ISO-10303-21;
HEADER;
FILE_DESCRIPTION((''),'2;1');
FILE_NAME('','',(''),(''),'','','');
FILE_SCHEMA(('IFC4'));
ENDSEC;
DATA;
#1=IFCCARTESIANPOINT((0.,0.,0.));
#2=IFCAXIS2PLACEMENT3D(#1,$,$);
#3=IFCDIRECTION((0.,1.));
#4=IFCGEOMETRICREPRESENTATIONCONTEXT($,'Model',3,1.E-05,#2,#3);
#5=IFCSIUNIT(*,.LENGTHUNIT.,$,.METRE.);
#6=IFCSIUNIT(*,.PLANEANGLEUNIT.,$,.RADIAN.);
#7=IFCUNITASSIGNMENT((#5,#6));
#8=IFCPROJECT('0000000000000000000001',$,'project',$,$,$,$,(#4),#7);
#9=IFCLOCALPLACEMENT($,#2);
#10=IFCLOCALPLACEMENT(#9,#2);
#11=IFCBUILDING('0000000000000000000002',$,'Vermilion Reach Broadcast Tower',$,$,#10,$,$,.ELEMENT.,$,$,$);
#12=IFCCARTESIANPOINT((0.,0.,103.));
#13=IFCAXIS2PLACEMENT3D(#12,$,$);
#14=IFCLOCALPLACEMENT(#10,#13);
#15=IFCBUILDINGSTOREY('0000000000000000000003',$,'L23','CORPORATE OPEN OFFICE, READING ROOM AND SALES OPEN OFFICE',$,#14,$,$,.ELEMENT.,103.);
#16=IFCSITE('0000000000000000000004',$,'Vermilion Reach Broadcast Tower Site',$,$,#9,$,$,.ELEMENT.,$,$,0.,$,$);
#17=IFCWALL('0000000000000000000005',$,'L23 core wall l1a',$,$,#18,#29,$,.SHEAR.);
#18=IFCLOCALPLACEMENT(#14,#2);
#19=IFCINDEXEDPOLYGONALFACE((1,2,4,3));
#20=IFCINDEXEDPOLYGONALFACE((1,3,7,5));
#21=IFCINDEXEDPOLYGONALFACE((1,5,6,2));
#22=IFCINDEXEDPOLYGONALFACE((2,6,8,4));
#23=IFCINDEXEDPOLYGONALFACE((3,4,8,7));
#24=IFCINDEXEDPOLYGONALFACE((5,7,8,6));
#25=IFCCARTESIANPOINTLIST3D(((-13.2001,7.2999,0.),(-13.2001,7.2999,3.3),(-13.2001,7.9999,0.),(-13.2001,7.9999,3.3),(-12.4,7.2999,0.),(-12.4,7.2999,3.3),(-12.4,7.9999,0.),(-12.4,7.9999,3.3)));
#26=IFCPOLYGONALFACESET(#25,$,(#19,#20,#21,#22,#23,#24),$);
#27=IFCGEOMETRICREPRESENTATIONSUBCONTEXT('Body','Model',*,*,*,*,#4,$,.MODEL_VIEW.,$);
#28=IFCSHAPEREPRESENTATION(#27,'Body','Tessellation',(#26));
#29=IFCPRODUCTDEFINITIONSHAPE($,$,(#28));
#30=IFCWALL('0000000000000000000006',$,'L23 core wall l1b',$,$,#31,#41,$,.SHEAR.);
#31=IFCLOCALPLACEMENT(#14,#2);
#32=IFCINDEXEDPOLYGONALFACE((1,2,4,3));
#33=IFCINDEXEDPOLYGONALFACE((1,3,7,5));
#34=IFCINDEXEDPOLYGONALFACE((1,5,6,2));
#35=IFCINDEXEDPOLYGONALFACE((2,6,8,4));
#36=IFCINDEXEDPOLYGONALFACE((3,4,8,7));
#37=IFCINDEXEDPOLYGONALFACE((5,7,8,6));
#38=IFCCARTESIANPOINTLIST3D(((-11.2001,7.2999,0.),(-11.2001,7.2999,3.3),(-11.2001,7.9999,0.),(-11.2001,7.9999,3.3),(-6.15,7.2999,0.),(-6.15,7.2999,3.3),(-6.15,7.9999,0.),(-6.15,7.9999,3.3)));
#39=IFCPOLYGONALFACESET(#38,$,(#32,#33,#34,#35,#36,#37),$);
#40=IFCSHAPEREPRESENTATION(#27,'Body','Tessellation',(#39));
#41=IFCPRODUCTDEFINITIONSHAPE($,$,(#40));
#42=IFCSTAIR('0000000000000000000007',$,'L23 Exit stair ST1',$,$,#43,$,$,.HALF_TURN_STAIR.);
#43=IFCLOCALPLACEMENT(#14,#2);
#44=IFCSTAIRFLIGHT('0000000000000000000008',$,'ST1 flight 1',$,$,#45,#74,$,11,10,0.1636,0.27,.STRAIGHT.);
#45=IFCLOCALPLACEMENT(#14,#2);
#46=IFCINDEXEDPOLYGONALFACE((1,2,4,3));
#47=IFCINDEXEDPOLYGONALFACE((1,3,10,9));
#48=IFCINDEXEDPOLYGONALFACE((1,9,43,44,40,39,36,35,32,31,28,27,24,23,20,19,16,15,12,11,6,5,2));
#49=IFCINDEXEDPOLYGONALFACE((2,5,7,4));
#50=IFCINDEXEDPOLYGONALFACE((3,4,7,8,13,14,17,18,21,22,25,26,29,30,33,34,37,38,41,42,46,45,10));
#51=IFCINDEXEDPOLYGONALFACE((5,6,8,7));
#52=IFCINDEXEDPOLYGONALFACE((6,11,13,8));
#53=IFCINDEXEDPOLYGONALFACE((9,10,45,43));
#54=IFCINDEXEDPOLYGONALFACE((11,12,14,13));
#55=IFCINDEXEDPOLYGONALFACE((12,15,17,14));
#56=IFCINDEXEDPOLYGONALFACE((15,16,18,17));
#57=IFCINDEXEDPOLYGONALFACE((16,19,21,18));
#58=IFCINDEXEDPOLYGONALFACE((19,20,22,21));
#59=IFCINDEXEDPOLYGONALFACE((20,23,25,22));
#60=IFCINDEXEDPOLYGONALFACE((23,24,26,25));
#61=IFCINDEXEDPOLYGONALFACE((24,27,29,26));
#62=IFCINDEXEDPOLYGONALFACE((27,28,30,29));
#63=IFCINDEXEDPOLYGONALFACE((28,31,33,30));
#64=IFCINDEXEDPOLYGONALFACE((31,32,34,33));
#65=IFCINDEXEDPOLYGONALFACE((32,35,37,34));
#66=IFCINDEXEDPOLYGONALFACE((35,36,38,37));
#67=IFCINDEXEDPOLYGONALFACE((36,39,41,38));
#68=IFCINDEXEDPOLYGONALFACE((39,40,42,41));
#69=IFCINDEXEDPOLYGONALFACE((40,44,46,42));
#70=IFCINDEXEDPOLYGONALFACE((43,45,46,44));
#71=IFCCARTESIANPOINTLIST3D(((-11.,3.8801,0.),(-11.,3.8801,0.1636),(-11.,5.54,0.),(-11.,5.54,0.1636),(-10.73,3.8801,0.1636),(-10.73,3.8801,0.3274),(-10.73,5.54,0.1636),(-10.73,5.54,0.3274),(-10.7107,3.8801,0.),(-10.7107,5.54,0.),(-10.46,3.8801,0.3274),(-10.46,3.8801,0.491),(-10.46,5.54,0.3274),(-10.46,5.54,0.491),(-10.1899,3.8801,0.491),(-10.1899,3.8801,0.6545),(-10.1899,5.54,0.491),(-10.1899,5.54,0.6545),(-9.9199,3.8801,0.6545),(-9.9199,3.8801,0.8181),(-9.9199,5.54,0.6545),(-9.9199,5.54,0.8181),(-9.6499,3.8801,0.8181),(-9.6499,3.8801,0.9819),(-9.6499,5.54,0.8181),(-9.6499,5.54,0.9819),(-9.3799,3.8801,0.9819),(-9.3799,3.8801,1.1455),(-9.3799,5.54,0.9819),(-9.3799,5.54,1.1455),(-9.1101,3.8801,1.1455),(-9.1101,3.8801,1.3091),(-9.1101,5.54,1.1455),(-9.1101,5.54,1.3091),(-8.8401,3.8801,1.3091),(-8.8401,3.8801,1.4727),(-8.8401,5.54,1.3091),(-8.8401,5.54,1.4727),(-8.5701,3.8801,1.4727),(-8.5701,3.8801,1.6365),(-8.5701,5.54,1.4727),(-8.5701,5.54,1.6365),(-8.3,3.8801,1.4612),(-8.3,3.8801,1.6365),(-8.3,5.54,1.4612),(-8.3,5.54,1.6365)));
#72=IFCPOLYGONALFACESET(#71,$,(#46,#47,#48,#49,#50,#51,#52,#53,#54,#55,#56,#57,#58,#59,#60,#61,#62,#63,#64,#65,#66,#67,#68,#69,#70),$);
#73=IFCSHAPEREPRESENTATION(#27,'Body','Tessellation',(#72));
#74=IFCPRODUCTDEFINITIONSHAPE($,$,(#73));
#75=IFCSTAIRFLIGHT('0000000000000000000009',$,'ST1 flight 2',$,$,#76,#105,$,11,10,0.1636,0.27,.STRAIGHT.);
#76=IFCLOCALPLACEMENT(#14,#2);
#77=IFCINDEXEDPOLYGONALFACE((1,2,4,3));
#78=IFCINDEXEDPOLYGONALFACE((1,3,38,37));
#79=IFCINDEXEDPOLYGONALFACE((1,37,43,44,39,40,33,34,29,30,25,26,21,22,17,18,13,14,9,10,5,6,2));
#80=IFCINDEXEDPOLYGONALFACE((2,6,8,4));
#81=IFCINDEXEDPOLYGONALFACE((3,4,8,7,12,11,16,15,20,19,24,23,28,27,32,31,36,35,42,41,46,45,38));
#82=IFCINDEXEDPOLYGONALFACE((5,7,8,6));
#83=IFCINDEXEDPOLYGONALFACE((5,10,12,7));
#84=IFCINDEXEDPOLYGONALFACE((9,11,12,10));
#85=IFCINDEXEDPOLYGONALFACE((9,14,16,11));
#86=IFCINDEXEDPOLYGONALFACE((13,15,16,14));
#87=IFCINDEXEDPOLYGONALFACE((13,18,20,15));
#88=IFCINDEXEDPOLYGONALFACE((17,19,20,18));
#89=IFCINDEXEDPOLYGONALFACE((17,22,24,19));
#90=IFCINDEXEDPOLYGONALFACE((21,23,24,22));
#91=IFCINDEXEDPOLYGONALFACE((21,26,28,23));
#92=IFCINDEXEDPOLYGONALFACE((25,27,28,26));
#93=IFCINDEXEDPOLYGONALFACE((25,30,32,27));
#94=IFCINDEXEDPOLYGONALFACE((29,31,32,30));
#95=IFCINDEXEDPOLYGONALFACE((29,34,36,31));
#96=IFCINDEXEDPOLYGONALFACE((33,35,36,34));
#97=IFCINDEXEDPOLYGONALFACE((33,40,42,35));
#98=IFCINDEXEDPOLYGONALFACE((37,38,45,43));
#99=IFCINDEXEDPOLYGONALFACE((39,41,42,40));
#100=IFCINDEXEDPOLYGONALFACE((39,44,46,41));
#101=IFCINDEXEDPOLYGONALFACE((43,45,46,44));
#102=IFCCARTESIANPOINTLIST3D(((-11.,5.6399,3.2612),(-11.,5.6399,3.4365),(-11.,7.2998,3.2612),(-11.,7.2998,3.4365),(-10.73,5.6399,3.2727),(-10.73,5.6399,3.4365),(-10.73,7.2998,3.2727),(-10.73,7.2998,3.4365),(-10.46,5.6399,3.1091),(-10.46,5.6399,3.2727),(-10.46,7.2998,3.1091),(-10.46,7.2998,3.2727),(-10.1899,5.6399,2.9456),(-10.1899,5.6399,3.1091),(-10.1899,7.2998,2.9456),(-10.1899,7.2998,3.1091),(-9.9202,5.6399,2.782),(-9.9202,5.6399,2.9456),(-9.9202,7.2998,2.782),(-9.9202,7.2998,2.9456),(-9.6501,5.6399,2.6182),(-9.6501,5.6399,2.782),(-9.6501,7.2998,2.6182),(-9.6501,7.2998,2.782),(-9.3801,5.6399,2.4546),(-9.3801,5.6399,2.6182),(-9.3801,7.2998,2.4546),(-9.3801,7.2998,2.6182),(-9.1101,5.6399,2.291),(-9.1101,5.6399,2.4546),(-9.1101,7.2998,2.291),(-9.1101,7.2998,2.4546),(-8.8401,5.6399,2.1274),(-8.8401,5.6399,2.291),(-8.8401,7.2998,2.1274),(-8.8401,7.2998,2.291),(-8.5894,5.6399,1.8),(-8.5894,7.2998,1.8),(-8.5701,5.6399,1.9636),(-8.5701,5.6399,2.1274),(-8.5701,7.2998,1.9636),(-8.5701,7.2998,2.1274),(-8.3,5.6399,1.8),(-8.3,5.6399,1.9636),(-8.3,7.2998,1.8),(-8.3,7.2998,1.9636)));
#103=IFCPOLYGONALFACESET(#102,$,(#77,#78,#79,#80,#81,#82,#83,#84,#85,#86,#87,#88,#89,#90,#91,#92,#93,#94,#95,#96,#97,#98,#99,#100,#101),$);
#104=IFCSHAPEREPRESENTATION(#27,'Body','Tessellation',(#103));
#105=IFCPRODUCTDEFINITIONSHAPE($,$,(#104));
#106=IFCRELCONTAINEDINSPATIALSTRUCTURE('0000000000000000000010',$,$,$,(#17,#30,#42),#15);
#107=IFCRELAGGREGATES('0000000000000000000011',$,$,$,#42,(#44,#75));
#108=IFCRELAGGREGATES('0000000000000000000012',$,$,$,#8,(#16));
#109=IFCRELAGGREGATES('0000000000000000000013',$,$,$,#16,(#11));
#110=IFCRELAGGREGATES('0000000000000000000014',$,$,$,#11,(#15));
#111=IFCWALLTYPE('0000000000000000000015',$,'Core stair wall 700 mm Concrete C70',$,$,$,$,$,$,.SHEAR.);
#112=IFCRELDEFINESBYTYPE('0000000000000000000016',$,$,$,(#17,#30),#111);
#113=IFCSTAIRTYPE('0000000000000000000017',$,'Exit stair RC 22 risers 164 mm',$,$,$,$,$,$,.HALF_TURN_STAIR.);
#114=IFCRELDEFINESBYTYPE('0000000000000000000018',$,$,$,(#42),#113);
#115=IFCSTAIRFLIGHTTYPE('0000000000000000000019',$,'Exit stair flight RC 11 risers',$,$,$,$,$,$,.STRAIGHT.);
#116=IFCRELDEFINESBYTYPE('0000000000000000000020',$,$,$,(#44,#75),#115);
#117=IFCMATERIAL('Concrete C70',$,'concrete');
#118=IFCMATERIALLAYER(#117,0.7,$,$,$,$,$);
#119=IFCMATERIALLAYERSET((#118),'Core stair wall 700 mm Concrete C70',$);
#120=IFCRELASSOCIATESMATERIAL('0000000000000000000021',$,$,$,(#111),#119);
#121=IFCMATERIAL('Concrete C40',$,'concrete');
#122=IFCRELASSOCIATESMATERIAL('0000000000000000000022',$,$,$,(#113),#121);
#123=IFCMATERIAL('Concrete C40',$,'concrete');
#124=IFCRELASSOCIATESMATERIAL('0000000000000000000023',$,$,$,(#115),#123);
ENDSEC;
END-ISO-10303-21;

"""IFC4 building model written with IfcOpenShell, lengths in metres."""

from ifc_helpers import new_model, si_unit, direction, frame, frame_2d, origin, place, context, subcontext, project, spatial, polyline, rectangle, outline, extrude, material, layer, layer_set, type_object, element, aggregate, save


model = new_model("IFC4")

# Units and contexts
model_context = context("Model", 3, precision=1e-05, world=origin(), true_north=direction((0.0, 1.0)))
body_context = subcontext(model_context, "Body", "Model", "MODEL_VIEW")
ifc_project = project(units=[si_unit("LENGTHUNIT", "METRE"), si_unit("PLANEANGLEUNIT", "RADIAN")], contexts=[model_context])

# Site, building, storey
site_placement = place(None, origin())
site = spatial("IfcSite", under=ifc_project, at=site_placement, Name="Vermilion Reach Broadcast Tower Site", CompositionType="ELEMENT", RefElevation=0.0)
building_placement = place(site_placement, origin())
building = spatial("IfcBuilding", under=site, at=building_placement, Name="Vermilion Reach Broadcast Tower", CompositionType="ELEMENT")
storey_placement = place(building_placement, frame((0.0, 0.0, 103.0)))
storey = spatial("IfcBuildingStorey", under=building, at=storey_placement, Name="L23", Description="CORPORATE OPEN OFFICE, READING ROOM AND SALES OPEN OFFICE", CompositionType="ELEMENT", Elevation=103.0)

# Walls
ifc_material_1 = material(Name="Concrete C70", Category="concrete")
ifc_layer_1 = layer(ifc_material_1, 0.7)
ifc_layer_set_1 = layer_set([ifc_layer_1], Name="Core stair wall 700 mm Concrete C70")
wall_type_1 = type_object("IfcWallType", Name="Core stair wall 700 mm Concrete C70", PredefinedType="SHEAR", material=ifc_layer_set_1)
wall_1_placement = place(storey_placement, frame((-13.2, 7.6499, 0.0), z_axis=(0.0, 0.0, 1.0), x_axis=(1.0, 0.0, 0.0)))
element("IfcWall", 1, at=wall_1_placement, inside=storey, type_object=wall_type_1, Name="L23 core wall l1a", PredefinedType="SHEAR", context=body_context, shape_type="SweptSolid", body=[
    extrude(rectangle(XDim=0.8, YDim=0.7, at=frame_2d((0.3999, 0.0))), origin(), (0.0, 0.0, 1.0), 3.3),
])
wall_2_placement = place(storey_placement, frame((-11.2, 7.6499, 0.0), z_axis=(0.0, 0.0, 1.0), x_axis=(1.0, 0.0, 0.0)))
element("IfcWall", 2, at=wall_2_placement, inside=storey, type_object=wall_type_1, Name="L23 core wall l1b", PredefinedType="SHEAR", context=body_context, shape_type="SweptSolid", body=[
    extrude(rectangle(XDim=5.05, YDim=0.7, at=frame_2d((2.5249, 0.0))), origin(), (0.0, 0.0, 1.0), 3.3),
])

# Stair, stair flights
ifc_material_2 = material(Name="Concrete C40", Category="concrete")
stair_type = type_object("IfcStairType", Name="Exit stair RC 22 risers 164 mm", PredefinedType="HALF_TURN_STAIR", material=ifc_material_2)
stair_placement = place(storey_placement, origin())
stair = element("IfcStair", 3, at=stair_placement, inside=storey, type_object=stair_type, Name="L23 Exit stair ST1", PredefinedType="HALF_TURN_STAIR")
ifc_material_3 = material(Name="Concrete C40", Category="concrete")
stair_flight_type = type_object("IfcStairFlightType", Name="Exit stair flight RC 11 risers", PredefinedType="STRAIGHT", material=ifc_material_3)
stair_flight_1_placement = place(storey_placement, frame((-11.0, 4.71, 0.0), z_axis=(0.0, 0.0, 1.0), x_axis=(1.0, 0.0, 0.0)))
stair_flight_1 = element("IfcStairFlight", 4, at=stair_flight_1_placement, type_object=stair_flight_type, Name="ST1 flight 1", NumberOfRisers=11, NumberOfTreads=10, PredefinedType="STRAIGHT", RiserHeight=0.1636, TreadLength=0.27, context=body_context, shape_type="SweptSolid", body=[
    extrude(outline(polyline([(0.0, 0.0), (0.0, 0.1636), (0.27, 0.1636), (0.27, 0.3274), (0.54, 0.3274), (0.54, 0.491), (0.8101, 0.491), (0.8101, 0.6545), (1.0801, 0.6545), (1.0801, 0.8181), (1.3501, 0.8181), (1.3501, 0.9819), (1.6201, 0.9819), (1.6201, 1.1455), (1.8899, 1.1455), (1.8899, 1.3091), (2.1599, 1.3091), (2.1599, 1.4727), (2.4299, 1.4727), (2.4299, 1.6365), (2.7, 1.6365), (2.7, 1.8), (2.7, 1.4612), (0.2893, 0.0), (0.0, 0.0)])), frame((0.0, 0.8301, 0.0), z_axis=(0.0, -1.0, 0.0), x_axis=(1.0, 0.0, 0.0)), (0.0, 0.0, 1.0), 1.6599),
])
stair_flight_2_placement = place(storey_placement, frame((-8.3, 6.47, 1.8), z_axis=(0.0, 0.0, 1.0), x_axis=(-1.0, 0.0, 0.0)))
stair_flight_2 = element("IfcStairFlight", 5, at=stair_flight_2_placement, type_object=stair_flight_type, Name="ST1 flight 2", NumberOfRisers=11, NumberOfTreads=10, PredefinedType="STRAIGHT", RiserHeight=0.1636, TreadLength=0.27, context=body_context, shape_type="SweptSolid", body=[
    extrude(outline(polyline([(0.0, 0.0), (0.0, 0.1636), (0.27, 0.1636), (0.27, 0.3274), (0.54, 0.3274), (0.54, 0.491), (0.8101, 0.491), (0.8101, 0.6545), (1.0801, 0.6545), (1.0801, 0.8181), (1.3501, 0.8181), (1.3501, 0.9819), (1.6201, 0.9819), (1.6201, 1.1455), (1.8899, 1.1455), (1.8899, 1.3091), (2.1599, 1.3091), (2.1599, 1.4727), (2.4299, 1.4727), (2.4299, 1.6365), (2.7, 1.6365), (2.7, 1.8), (2.7, 1.4612), (0.2893, 0.0), (0.0, 0.0)])), frame((0.0, 0.8301, 0.0), z_axis=(0.0, -1.0, 0.0), x_axis=(1.0, 0.0, 0.0)), (0.0, 0.0, 1.0), 1.6599),
])
aggregate(stair, [stair_flight_1, stair_flight_2])

save(model, "model.ifc")
